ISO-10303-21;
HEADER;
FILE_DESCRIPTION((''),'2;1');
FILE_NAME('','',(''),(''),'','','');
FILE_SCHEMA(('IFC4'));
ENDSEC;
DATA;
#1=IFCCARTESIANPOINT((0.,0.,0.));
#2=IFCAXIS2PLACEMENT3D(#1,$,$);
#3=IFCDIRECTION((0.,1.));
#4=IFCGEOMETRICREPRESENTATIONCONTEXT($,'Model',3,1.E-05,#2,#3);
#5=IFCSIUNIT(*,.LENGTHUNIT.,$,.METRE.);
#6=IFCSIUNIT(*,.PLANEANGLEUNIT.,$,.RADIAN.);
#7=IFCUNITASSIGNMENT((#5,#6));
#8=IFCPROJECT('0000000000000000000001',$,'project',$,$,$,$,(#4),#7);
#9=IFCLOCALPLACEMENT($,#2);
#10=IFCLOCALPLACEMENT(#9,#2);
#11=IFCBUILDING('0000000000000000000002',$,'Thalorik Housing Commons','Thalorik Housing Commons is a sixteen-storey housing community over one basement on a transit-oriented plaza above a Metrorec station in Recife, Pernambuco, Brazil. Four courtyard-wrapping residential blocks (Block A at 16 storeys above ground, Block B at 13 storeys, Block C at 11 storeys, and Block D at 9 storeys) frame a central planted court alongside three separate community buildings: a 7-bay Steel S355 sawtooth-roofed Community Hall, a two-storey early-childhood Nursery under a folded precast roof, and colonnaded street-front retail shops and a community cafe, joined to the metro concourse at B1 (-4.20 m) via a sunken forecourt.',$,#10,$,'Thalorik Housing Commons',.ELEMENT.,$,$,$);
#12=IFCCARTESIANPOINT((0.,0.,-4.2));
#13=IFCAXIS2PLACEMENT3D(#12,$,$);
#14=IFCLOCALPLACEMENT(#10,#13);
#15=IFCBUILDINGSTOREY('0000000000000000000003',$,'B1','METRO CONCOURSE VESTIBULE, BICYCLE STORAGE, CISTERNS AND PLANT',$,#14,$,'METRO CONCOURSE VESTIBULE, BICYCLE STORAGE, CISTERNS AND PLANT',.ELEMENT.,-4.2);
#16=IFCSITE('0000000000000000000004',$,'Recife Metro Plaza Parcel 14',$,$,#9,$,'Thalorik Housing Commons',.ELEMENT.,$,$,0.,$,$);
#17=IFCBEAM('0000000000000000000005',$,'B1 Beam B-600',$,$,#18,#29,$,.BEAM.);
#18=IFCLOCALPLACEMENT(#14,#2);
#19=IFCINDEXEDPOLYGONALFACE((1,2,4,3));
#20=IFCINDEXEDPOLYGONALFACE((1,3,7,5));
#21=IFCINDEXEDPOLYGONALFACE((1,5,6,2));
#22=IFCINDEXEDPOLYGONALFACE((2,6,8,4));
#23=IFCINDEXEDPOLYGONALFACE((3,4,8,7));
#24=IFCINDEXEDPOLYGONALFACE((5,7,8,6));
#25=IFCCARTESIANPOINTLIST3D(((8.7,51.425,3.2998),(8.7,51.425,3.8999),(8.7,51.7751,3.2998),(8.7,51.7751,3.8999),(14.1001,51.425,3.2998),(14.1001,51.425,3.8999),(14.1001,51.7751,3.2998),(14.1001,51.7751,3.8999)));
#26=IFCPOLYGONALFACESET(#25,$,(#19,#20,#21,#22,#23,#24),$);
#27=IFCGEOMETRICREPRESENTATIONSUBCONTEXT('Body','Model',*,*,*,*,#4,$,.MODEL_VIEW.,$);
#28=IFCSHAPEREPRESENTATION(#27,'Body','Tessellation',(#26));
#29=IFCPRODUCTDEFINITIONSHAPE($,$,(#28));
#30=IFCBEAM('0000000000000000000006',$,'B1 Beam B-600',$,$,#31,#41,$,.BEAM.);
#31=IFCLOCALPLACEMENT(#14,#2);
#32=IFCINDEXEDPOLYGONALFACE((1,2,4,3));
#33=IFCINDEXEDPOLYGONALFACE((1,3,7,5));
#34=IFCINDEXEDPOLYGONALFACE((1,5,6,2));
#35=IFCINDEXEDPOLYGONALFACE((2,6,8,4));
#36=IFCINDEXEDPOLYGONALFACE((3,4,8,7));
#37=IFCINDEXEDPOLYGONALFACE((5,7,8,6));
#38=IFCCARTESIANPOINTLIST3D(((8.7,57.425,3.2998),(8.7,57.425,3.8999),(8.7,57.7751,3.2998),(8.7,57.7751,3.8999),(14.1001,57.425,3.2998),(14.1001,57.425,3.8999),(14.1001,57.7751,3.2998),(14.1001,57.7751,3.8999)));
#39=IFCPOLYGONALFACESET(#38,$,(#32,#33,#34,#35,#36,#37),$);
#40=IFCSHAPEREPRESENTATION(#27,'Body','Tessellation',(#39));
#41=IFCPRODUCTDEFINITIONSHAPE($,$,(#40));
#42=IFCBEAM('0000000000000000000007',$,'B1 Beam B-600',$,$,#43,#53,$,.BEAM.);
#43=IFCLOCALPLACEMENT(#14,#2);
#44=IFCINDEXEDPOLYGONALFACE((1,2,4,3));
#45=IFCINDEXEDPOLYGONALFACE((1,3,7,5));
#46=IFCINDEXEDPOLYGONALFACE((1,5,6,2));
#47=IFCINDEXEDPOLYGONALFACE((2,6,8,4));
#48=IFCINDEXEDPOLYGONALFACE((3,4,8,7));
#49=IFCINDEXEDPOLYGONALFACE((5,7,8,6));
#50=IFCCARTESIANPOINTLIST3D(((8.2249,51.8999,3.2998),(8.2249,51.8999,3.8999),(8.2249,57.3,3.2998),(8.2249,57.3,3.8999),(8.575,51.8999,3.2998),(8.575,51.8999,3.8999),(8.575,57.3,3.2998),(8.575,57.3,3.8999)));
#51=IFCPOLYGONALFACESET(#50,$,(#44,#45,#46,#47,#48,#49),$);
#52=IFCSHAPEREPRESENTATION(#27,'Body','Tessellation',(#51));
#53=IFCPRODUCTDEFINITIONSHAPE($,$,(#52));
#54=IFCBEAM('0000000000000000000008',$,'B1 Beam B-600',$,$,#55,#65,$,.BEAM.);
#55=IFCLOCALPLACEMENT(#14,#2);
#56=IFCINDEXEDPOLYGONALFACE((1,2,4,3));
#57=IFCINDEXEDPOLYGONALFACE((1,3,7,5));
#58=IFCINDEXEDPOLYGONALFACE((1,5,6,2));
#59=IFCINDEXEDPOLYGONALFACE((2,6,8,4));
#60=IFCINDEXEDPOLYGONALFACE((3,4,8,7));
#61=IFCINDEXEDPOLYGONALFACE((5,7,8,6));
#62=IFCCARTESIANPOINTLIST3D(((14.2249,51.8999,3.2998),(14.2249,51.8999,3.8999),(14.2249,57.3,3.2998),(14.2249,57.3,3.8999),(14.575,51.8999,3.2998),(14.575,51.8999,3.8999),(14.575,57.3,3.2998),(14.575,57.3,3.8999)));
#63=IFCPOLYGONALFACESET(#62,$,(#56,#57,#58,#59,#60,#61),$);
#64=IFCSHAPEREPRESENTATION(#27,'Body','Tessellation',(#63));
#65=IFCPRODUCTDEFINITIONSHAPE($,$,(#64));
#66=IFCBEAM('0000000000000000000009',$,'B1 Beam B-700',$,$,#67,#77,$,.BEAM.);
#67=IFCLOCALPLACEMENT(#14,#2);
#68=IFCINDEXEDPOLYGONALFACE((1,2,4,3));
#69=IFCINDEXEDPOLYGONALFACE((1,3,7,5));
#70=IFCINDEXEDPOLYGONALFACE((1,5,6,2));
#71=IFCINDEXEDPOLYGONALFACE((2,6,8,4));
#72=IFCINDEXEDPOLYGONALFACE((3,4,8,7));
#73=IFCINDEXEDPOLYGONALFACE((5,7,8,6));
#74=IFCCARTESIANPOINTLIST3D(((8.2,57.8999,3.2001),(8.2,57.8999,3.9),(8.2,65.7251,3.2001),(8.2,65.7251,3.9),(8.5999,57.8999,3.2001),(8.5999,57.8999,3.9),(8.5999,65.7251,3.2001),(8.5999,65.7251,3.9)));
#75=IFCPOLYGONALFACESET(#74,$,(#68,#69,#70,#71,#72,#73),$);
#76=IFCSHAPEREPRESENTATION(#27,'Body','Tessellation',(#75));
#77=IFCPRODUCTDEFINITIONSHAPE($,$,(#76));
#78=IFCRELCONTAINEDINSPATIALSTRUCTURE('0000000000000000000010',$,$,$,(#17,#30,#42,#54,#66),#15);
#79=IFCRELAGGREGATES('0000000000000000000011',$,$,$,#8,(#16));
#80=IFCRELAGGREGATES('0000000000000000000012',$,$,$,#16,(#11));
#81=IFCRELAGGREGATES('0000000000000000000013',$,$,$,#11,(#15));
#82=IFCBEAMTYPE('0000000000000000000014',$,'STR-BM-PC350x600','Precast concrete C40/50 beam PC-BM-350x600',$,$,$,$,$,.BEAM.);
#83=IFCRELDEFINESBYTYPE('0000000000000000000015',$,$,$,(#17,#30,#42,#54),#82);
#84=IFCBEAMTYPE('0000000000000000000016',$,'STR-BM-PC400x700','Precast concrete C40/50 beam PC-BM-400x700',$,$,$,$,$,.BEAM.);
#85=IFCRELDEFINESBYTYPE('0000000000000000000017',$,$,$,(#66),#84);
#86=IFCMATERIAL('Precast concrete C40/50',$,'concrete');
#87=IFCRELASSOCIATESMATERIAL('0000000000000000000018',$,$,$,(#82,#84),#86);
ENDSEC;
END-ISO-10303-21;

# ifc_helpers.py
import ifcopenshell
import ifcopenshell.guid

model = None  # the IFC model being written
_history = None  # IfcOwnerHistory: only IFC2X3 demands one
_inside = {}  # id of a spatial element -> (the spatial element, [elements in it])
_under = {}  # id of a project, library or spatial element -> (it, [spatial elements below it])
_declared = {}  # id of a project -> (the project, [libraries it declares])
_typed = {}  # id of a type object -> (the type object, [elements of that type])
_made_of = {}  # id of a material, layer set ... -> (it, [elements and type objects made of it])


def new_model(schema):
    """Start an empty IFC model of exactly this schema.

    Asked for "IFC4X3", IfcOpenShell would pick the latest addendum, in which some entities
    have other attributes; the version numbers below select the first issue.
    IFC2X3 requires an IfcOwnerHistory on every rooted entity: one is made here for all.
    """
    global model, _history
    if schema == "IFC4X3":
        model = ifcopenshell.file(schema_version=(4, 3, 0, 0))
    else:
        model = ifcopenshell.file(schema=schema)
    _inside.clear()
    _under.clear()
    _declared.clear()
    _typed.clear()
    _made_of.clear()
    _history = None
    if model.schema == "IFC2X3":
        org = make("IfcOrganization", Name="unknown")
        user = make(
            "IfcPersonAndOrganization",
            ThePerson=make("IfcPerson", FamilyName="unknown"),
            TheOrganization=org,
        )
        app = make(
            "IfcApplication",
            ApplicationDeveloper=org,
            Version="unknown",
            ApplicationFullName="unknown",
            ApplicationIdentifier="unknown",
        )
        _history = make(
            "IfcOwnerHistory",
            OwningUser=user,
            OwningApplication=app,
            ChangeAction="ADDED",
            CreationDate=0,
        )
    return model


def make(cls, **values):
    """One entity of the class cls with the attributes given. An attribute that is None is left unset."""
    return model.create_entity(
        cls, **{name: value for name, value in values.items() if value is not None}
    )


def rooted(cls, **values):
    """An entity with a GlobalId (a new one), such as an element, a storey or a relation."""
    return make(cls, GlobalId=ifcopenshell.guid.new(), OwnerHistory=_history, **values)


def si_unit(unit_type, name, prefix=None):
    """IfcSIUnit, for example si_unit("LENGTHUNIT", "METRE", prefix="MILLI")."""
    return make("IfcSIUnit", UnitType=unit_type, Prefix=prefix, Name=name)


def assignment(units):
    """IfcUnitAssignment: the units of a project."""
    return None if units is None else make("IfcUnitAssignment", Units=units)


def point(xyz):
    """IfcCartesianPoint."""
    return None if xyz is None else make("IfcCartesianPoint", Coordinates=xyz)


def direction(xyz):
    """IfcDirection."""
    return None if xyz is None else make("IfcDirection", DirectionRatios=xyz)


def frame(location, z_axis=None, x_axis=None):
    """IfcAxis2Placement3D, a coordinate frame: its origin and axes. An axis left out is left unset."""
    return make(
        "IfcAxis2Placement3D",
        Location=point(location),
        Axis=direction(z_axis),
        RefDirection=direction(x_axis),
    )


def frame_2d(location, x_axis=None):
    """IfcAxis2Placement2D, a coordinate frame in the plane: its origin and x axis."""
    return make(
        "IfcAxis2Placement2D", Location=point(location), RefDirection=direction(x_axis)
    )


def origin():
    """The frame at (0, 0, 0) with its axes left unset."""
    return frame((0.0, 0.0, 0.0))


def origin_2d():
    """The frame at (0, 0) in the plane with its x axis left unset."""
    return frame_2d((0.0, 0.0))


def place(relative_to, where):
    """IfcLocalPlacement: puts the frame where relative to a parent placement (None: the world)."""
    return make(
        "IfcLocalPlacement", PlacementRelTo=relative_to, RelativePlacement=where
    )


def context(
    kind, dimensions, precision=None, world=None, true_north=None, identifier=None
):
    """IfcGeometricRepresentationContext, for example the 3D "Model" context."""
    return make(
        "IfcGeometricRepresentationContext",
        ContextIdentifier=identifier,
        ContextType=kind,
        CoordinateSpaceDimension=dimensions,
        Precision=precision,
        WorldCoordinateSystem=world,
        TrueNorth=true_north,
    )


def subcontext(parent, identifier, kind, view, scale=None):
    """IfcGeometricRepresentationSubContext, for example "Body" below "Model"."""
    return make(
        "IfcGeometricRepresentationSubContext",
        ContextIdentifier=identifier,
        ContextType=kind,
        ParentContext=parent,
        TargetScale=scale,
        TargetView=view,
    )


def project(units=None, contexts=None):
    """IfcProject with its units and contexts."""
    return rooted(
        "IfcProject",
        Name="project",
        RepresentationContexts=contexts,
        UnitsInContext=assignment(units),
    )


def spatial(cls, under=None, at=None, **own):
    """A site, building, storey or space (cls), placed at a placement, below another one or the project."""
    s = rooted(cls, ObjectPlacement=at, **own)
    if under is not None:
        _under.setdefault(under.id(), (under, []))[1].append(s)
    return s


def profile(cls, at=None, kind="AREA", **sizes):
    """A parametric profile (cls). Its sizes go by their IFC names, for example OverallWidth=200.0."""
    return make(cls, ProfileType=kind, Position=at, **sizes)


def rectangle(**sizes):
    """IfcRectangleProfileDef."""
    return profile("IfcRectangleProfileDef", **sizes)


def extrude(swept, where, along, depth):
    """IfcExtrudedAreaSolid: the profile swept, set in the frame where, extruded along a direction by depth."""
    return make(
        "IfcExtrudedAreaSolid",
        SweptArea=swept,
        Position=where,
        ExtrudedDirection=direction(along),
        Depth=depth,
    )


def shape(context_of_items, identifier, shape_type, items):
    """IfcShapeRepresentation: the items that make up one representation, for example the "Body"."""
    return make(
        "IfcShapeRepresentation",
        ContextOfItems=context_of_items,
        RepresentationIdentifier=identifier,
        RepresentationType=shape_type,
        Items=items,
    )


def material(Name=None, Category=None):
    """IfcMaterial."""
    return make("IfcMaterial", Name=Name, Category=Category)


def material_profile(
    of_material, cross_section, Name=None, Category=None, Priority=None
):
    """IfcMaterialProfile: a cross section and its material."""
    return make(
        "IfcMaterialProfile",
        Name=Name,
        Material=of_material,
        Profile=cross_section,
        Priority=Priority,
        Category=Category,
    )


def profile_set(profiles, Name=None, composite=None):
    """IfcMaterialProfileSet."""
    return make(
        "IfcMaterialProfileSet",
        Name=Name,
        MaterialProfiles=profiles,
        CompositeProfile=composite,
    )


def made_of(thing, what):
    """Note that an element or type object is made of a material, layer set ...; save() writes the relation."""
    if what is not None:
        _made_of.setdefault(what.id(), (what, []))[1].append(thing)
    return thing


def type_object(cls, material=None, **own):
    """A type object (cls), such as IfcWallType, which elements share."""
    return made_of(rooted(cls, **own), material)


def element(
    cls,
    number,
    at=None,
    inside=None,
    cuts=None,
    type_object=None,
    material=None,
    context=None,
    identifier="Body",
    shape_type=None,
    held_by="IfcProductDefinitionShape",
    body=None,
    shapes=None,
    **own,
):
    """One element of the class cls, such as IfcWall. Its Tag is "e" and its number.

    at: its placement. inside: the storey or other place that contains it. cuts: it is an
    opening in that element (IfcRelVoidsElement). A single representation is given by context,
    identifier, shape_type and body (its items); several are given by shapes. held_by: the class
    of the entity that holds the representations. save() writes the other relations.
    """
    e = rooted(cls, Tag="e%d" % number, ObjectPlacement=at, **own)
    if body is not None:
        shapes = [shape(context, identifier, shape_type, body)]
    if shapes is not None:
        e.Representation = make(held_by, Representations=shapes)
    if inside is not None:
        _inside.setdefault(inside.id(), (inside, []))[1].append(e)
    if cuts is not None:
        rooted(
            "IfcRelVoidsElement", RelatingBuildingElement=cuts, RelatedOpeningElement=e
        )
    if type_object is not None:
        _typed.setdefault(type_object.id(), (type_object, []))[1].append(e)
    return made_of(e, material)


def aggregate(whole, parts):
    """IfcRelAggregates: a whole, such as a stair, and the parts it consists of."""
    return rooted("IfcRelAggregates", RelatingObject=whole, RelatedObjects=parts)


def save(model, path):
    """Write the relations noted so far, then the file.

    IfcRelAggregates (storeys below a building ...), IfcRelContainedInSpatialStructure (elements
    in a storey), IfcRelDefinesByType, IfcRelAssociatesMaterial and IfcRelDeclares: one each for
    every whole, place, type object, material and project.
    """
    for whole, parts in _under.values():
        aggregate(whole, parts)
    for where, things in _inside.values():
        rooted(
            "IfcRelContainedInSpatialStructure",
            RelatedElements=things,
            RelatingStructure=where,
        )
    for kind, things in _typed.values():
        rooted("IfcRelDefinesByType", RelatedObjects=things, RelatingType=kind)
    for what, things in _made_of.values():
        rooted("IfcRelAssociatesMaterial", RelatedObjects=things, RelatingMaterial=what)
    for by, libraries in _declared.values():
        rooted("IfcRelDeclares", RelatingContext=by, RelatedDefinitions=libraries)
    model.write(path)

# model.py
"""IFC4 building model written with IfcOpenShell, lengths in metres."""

from ifc_helpers import new_model, si_unit, direction, frame, origin, origin_2d, place, context, subcontext, project, spatial, rectangle, extrude, material, material_profile, profile_set, type_object, element, save


model = new_model("IFC4")

# Units and contexts
model_context = context("Model", 3, precision=1e-05, world=origin(), true_north=direction((0.0, 1.0)))
body_context = subcontext(model_context, "Body", "Model", "MODEL_VIEW")
ifc_project = project(units=[si_unit("LENGTHUNIT", "METRE"), si_unit("PLANEANGLEUNIT", "RADIAN")], contexts=[model_context])

# Site, building, storey
site_placement = place(None, origin())
site = spatial("IfcSite", under=ifc_project, at=site_placement, Name="Recife Metro Plaza Parcel 14", LongName="Thalorik Housing Commons", CompositionType="ELEMENT", RefElevation=0.0)
building_placement = place(site_placement, origin())
building = spatial("IfcBuilding", under=site, at=building_placement, Name="Thalorik Housing Commons", Description="Thalorik Housing Commons is a sixteen-storey housing community over one basement on a transit-oriented plaza above a Metrorec station in Recife, Pernambuco, Brazil. Four courtyard-wrapping residential blocks (Block A at 16 storeys above ground, Block B at 13 storeys, Block C at 11 storeys, and Block D at 9 storeys) frame a central planted court alongside three separate community buildings: a 7-bay Steel S355 sawtooth-roofed Community Hall, a two-storey early-childhood Nursery under a folded precast roof, and colonnaded street-front retail shops and a community cafe, joined to the metro concourse at B1 (-4.20 m) via a sunken forecourt.", LongName="Thalorik Housing Commons", CompositionType="ELEMENT")
storey_placement = place(building_placement, frame((0.0, 0.0, -4.2)))
storey = spatial("IfcBuildingStorey", under=building, at=storey_placement, Name="B1", Description="METRO CONCOURSE VESTIBULE, BICYCLE STORAGE, CISTERNS AND PLANT", LongName="METRO CONCOURSE VESTIBULE, BICYCLE STORAGE, CISTERNS AND PLANT", CompositionType="ELEMENT", Elevation=-4.2)

# Shared definitions
ifc_material_1 = material(Name="Precast concrete C40/50", Category="concrete")

# Beams
ifc_material_profile_1 = material_profile(ifc_material_1, rectangle(XDim=0.3501, YDim=0.6001, at=origin_2d()), Name="PC 350x600", Category="concrete")
ifc_profile_set_1 = profile_set([ifc_material_profile_1], Name="Precast concrete C40/50")
beam_type_1 = type_object("IfcBeamType", Name="STR-BM-PC350x600", Description="Precast concrete C40/50 beam PC-BM-350x600", PredefinedType="BEAM", material=ifc_profile_set_1)
for number, where, z_axis, x_axis, name in (
    (1, (8.7, 51.6001, 3.5999), (1.0, 0.0, 0.0), (0.0, 1.0, 0.0), "B1 Beam B-600"),
    (2, (8.7, 57.6001, 3.5999), (1.0, 0.0, 0.0), (0.0, 1.0, 0.0), "B1 Beam B-600"),
    (3, (8.3999, 51.8999, 3.5999), (0.0, 1.0, 0.0), (-1.0, 0.0, 0.0), "B1 Beam B-600"),
    (4, (14.3999, 51.8999, 3.5999), (0.0, 1.0, 0.0), (-1.0, 0.0, 0.0), "B1 Beam B-600"),
):
    element("IfcBeam", number, at=place(storey_placement, frame(where, z_axis=z_axis, x_axis=x_axis)), inside=storey, type_object=beam_type_1, Name=name, PredefinedType="BEAM", context=body_context, shape_type="SweptSolid", body=[
        extrude(rectangle(XDim=0.3501, YDim=0.6001, at=origin_2d()), origin(), (0.0, 0.0, 1.0), 5.4001),
    ])
ifc_material_profile_2 = material_profile(ifc_material_1, rectangle(XDim=0.3999, YDim=0.7, at=origin_2d()), Name="PC 400x700", Category="concrete")
ifc_profile_set_2 = profile_set([ifc_material_profile_2], Name="Precast concrete C40/50")
beam_type_2 = type_object("IfcBeamType", Name="STR-BM-PC400x700", Description="Precast concrete C40/50 beam PC-BM-400x700", PredefinedType="BEAM", material=ifc_profile_set_2)
beam_placement = place(storey_placement, frame((8.3999, 57.8999, 3.55), z_axis=(0.0, 1.0, 0.0), x_axis=(-1.0, 0.0, 0.0)))
element("IfcBeam", 5, at=beam_placement, inside=storey, type_object=beam_type_2, Name="B1 Beam B-700", PredefinedType="BEAM", context=body_context, shape_type="SweptSolid", body=[
    extrude(rectangle(XDim=0.3999, YDim=0.7, at=origin_2d()), origin(), (0.0, 0.0, 1.0), 7.8252),
])

save(model, "model.ifc")
